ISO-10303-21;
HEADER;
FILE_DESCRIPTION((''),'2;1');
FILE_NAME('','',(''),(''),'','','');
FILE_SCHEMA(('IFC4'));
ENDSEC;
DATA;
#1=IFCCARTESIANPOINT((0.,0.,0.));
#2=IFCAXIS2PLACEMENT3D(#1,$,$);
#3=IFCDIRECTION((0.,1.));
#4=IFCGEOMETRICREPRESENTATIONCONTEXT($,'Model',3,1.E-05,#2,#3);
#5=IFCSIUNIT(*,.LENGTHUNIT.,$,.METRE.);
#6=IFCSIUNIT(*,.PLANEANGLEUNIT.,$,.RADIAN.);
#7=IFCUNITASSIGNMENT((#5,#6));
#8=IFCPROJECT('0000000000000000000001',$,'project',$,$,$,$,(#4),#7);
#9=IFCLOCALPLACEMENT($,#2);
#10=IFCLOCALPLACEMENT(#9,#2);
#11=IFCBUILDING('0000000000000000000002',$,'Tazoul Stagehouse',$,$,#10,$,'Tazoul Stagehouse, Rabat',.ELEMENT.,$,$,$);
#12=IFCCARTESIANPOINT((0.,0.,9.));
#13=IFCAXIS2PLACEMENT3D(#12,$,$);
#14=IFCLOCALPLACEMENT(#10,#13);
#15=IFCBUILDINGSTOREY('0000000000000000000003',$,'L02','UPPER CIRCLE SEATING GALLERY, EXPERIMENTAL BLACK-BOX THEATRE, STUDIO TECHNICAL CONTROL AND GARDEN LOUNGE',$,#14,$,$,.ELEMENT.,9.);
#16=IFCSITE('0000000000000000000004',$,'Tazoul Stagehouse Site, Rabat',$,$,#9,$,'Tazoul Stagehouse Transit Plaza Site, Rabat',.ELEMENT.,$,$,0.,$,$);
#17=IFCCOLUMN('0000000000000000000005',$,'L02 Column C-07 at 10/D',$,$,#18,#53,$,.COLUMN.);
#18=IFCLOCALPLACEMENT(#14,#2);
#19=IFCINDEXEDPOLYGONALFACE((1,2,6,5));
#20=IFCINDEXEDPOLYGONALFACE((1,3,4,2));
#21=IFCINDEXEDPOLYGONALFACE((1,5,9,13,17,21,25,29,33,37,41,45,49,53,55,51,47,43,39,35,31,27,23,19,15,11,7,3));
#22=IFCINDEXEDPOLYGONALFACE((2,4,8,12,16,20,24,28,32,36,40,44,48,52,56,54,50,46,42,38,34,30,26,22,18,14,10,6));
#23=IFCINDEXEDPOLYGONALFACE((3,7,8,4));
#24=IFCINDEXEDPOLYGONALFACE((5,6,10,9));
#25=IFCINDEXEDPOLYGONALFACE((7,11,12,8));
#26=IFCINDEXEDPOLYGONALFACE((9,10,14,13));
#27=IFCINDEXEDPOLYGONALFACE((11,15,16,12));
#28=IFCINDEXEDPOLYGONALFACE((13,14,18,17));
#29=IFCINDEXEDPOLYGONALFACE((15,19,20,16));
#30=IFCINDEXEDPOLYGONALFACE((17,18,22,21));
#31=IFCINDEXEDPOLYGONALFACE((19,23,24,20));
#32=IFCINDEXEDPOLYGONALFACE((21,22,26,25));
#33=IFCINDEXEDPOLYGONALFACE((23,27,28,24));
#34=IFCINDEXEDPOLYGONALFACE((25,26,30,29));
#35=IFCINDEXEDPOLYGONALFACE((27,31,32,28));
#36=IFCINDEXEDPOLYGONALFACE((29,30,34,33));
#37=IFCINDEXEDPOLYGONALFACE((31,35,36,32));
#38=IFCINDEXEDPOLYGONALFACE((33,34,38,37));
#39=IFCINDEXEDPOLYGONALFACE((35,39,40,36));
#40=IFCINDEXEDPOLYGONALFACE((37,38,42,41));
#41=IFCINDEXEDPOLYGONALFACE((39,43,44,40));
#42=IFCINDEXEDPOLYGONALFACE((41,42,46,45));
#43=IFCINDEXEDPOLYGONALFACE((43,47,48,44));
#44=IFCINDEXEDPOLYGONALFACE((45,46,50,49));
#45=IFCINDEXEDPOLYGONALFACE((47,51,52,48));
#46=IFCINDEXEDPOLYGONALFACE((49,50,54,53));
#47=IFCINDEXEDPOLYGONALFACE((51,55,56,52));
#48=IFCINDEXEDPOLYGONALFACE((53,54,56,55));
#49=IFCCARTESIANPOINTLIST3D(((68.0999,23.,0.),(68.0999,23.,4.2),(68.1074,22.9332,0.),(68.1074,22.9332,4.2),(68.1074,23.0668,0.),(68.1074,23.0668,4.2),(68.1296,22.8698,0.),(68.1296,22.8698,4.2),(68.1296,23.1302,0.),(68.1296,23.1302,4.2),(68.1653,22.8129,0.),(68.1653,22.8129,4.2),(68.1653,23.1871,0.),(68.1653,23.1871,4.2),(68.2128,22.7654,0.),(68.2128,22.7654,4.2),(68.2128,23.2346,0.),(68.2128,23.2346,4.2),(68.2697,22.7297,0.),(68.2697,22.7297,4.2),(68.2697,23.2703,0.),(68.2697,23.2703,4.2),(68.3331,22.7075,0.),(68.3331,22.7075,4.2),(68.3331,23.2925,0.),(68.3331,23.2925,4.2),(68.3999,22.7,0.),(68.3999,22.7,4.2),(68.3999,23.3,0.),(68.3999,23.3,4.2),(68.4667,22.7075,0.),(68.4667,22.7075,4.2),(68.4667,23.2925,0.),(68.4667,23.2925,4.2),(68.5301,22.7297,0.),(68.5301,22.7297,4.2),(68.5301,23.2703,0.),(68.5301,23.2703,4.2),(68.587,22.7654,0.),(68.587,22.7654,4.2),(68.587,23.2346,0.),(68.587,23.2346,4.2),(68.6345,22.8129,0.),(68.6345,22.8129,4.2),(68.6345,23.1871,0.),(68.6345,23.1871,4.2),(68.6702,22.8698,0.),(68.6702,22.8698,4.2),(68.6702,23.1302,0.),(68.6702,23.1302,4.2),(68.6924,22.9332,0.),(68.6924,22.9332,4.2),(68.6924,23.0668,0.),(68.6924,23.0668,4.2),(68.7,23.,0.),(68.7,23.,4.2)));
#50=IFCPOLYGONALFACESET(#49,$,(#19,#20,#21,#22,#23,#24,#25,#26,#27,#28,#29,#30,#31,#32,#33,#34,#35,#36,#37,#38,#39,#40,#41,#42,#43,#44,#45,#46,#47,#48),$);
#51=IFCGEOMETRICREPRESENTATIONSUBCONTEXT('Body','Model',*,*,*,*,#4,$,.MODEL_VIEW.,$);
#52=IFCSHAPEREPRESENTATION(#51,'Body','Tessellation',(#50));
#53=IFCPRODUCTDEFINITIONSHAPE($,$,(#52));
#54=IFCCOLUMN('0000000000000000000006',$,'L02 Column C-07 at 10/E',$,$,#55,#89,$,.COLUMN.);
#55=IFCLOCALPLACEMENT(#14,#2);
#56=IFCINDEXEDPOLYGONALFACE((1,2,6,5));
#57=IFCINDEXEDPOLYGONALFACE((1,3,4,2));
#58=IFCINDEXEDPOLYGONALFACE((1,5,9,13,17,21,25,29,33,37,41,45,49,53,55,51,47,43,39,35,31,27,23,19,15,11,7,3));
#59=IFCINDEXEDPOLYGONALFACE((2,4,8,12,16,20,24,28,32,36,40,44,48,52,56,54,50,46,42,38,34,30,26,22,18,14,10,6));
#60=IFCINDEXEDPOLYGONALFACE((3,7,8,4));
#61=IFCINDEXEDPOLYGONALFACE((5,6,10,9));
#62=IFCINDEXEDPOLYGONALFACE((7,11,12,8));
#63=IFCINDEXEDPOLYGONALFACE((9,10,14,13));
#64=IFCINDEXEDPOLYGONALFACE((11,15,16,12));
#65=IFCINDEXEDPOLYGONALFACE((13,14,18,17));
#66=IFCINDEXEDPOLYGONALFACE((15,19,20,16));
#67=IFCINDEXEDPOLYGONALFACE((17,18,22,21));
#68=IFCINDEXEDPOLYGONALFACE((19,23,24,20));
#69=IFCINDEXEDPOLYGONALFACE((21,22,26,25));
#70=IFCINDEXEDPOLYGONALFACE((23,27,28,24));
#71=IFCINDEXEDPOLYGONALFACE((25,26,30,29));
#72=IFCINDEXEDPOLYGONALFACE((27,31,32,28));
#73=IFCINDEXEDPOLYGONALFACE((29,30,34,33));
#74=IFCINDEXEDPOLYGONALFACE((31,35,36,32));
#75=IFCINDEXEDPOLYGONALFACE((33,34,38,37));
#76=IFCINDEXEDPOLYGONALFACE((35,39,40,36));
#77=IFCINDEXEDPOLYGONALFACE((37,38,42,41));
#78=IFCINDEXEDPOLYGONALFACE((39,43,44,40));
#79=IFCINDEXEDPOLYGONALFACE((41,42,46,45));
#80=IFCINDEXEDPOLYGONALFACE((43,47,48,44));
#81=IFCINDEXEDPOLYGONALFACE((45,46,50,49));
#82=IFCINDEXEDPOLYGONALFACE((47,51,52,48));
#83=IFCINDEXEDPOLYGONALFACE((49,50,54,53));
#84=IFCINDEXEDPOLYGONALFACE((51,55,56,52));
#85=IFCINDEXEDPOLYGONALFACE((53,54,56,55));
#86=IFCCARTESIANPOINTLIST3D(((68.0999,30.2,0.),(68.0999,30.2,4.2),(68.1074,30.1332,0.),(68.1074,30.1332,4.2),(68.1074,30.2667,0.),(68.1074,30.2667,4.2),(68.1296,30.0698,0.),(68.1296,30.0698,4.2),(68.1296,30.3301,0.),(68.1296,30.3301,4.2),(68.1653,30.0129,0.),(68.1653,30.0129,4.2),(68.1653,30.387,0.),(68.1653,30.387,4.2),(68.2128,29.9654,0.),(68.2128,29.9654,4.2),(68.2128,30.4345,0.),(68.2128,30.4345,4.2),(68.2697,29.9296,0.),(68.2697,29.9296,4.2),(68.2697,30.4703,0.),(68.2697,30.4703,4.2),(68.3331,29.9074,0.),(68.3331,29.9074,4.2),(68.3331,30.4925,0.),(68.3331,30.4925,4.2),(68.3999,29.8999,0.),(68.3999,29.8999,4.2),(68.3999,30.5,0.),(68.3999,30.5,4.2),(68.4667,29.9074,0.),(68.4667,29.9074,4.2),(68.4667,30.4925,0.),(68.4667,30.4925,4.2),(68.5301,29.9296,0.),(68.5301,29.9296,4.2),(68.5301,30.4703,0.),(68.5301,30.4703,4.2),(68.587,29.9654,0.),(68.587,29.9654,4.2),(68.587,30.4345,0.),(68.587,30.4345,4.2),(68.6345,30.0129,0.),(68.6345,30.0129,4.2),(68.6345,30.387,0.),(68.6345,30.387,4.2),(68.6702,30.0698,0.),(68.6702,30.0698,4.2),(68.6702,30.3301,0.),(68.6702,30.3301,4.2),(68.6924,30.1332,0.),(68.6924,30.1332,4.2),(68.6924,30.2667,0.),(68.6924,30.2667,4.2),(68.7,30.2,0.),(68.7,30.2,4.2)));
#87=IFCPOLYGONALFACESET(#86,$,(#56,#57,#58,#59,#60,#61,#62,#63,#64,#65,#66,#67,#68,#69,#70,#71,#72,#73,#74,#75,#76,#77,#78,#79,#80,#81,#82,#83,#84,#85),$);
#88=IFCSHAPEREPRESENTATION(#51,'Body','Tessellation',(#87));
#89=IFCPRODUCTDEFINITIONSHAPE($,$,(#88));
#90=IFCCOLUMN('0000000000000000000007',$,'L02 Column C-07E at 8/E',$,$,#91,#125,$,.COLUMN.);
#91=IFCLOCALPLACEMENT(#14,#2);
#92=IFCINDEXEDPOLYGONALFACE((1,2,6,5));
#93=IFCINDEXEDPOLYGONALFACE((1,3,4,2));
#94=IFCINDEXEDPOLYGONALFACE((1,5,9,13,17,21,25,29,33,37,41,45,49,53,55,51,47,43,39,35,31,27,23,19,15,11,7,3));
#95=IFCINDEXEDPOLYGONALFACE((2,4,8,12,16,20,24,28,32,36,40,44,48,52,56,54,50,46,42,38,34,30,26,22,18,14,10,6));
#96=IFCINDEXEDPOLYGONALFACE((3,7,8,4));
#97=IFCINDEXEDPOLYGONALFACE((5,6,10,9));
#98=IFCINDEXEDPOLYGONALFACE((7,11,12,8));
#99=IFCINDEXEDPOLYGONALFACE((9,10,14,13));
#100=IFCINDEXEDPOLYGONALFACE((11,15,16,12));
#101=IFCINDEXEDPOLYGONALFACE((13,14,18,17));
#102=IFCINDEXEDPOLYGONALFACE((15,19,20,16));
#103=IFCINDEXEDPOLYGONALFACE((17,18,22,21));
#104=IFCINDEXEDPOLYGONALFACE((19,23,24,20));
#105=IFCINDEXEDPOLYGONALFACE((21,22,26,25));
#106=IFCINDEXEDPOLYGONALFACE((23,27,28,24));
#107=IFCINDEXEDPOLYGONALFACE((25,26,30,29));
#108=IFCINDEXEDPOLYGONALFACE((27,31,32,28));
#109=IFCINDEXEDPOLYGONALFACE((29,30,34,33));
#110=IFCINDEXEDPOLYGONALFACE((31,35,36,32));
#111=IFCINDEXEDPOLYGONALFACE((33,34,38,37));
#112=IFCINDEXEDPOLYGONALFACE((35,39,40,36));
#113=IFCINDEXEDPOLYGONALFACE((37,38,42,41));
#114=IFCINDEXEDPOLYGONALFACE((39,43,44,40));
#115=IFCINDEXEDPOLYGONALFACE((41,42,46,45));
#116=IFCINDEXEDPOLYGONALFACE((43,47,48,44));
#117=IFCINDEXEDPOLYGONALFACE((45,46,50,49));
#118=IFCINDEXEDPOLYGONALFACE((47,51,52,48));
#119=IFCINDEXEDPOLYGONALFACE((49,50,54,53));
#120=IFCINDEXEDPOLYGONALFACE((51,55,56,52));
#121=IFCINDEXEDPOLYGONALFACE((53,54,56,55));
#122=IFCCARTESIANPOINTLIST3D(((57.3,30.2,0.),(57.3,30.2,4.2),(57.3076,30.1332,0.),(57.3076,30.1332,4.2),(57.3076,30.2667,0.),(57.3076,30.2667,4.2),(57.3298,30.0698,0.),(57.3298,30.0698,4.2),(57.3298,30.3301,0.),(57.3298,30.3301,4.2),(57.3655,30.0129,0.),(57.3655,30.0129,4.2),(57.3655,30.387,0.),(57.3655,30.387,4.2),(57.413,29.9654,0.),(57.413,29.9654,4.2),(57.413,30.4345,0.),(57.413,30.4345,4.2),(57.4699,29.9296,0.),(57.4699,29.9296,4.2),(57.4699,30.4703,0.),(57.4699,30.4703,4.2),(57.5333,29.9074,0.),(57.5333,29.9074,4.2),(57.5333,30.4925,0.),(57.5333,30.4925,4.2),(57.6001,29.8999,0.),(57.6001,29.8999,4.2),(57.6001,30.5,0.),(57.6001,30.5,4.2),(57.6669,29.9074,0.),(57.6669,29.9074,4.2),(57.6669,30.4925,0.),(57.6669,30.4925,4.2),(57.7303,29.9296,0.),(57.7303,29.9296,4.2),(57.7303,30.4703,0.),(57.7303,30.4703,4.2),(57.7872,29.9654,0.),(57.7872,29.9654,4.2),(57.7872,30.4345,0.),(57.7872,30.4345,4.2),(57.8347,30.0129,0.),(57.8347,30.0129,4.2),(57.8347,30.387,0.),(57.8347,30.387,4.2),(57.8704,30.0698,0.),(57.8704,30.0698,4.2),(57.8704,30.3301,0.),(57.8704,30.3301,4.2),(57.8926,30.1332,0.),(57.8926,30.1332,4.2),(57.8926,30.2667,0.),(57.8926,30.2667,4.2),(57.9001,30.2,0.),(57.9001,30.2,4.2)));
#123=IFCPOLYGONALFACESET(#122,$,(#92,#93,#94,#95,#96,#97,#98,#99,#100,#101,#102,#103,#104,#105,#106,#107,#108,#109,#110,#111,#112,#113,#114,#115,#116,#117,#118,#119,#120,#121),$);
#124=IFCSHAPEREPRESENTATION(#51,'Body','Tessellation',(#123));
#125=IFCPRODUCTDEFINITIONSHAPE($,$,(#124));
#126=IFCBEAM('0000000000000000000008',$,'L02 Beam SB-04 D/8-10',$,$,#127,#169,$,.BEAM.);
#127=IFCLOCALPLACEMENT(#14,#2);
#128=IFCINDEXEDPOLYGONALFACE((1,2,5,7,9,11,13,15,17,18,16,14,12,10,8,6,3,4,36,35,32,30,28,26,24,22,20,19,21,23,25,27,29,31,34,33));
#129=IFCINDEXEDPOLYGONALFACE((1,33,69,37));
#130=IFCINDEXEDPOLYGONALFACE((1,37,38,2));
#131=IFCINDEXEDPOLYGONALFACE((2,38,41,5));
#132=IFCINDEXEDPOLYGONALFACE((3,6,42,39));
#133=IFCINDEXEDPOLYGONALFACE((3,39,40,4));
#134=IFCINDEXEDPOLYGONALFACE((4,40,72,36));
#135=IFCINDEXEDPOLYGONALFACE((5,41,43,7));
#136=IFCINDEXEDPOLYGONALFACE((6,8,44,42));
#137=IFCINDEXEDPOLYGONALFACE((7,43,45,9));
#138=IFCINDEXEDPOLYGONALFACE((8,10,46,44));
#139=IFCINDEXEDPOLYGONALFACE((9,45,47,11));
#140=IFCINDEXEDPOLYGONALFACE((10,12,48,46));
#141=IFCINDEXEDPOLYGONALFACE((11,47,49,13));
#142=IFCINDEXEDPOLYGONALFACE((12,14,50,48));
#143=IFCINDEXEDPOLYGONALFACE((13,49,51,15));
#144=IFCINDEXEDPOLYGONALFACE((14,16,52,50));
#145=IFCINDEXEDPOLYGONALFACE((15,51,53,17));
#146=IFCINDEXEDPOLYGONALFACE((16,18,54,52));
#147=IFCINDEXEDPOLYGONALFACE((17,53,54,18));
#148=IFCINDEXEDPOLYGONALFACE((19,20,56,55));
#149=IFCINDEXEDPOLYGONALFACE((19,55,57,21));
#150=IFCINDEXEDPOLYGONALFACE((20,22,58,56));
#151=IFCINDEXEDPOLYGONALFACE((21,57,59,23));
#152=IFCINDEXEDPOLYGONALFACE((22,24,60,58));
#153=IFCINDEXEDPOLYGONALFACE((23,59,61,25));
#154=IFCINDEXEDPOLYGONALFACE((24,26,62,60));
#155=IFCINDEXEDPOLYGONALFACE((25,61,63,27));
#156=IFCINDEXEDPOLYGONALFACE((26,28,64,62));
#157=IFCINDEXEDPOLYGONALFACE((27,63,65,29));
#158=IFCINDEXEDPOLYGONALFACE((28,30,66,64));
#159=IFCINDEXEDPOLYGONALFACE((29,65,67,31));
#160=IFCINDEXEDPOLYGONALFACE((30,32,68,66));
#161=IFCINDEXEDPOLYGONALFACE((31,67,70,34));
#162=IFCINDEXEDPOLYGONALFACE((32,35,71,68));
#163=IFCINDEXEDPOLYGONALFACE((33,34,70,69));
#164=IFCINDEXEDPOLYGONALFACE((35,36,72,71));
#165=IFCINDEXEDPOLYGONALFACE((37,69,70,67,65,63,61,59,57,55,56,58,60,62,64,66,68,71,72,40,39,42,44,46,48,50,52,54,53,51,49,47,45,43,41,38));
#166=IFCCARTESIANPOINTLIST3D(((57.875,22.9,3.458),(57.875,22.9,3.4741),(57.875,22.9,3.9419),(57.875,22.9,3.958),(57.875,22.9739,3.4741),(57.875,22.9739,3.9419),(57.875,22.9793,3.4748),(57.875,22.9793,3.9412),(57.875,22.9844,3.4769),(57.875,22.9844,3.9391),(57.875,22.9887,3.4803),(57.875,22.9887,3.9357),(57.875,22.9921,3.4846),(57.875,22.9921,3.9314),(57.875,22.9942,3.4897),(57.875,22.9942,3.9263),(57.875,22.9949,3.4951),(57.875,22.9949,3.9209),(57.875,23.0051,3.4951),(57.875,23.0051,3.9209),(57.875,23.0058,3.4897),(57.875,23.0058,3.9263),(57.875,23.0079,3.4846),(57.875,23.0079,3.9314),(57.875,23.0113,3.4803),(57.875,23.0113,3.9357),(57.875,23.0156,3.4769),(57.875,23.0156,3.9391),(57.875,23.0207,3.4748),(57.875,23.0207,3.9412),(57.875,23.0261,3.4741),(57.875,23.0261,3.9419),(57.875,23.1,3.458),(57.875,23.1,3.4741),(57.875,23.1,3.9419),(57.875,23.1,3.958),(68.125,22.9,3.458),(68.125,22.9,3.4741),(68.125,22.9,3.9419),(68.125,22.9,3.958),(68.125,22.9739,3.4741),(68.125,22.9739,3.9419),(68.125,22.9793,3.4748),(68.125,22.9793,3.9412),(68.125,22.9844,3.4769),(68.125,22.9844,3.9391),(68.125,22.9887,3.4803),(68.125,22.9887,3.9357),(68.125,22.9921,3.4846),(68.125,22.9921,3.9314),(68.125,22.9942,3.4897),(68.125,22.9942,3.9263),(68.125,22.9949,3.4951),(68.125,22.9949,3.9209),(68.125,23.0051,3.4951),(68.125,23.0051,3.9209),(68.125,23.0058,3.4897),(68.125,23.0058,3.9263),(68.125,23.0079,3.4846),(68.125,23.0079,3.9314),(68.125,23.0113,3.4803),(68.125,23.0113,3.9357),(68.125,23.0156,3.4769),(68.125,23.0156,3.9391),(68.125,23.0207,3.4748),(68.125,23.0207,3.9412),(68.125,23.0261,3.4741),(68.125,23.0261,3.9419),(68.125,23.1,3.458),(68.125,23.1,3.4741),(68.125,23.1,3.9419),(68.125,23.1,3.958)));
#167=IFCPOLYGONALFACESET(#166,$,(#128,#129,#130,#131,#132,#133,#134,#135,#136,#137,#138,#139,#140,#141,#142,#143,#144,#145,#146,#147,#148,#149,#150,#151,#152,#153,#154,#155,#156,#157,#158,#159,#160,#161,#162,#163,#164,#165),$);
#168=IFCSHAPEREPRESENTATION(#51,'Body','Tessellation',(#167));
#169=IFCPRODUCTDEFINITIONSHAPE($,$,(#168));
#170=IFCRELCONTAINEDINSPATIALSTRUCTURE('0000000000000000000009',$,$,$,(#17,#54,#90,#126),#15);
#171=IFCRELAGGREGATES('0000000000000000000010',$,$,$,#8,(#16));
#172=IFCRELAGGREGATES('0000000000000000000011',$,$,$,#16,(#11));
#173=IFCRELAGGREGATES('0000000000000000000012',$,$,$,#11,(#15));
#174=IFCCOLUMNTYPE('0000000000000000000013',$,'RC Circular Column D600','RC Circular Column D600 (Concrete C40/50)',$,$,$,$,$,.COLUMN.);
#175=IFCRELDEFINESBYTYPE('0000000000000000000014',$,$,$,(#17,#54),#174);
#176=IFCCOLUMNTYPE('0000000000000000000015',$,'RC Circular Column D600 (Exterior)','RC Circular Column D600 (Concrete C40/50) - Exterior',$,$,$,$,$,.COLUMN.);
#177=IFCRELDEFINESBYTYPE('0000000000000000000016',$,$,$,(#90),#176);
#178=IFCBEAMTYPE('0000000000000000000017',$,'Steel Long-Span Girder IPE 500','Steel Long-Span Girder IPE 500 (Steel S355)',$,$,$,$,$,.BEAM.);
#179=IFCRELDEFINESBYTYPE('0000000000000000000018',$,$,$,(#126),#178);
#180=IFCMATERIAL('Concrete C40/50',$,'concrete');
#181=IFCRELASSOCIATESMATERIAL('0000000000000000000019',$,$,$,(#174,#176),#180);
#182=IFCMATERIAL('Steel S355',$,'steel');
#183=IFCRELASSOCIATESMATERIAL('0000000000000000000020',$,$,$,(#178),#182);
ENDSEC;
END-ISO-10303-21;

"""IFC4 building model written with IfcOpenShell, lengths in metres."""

from ifc_helpers import new_model, si_unit, direction, frame, origin, origin_2d, place, context, subcontext, project, spatial, circle, i_section, extrude, material, material_profile, profile_set, type_object, element, save


model = new_model("IFC4")

# Units and contexts
model_context = context("Model", 3, precision=1e-05, world=origin(), true_north=direction((0.0, 1.0)))
body_context = subcontext(model_context, "Body", "Model", "MODEL_VIEW")
ifc_project = project(units=[si_unit("LENGTHUNIT", "METRE"), si_unit("PLANEANGLEUNIT", "RADIAN")], contexts=[model_context])

# Site, building, storey
site_placement = place(None, origin())
site = spatial("IfcSite", under=ifc_project, at=site_placement, Name="Tazoul Stagehouse Site, Rabat", LongName="Tazoul Stagehouse Transit Plaza Site, Rabat", CompositionType="ELEMENT", RefElevation=0.0)
building_placement = place(site_placement, origin())
building = spatial("IfcBuilding", under=site, at=building_placement, Name="Tazoul Stagehouse", LongName="Tazoul Stagehouse, Rabat", CompositionType="ELEMENT")
storey_placement = place(building_placement, frame((0.0, 0.0, 9.0)))
storey = spatial("IfcBuildingStorey", under=building, at=storey_placement, Name="L02", Description="UPPER CIRCLE SEATING GALLERY, EXPERIMENTAL BLACK-BOX THEATRE, STUDIO TECHNICAL CONTROL AND GARDEN LOUNGE", CompositionType="ELEMENT", Elevation=9.0)

# Columns
ifc_material_1 = material(Name="Concrete C40/50", Category="concrete")
ifc_material_profile_1 = material_profile(ifc_material_1, circle(Radius=0.3, at=origin_2d()), Name="RC D600")
ifc_profile_set_1 = profile_set([ifc_material_profile_1], Name="Concrete C40/50")
column_type_1 = type_object("IfcColumnType", Name="RC Circular Column D600", Description="RC Circular Column D600 (Concrete C40/50)", PredefinedType="COLUMN", material=ifc_profile_set_1)
for number, where, z_axis, x_axis, name in (
    (1, (68.3999, 23.0, 0.0), (0.0, 0.0, 1.0), (1.0, 0.0, 0.0), "L02 Column C-07 at 10/D"),
    (2, (68.3999, 30.2, 0.0), (0.0, 0.0, 1.0), (1.0, 0.0, 0.0), "L02 Column C-07 at 10/E"),
):
    element("IfcColumn", number, at=place(storey_placement, frame(where, z_axis=z_axis, x_axis=x_axis)), inside=storey, type_object=column_type_1, Name=name, PredefinedType="COLUMN", context=body_context, shape_type="SweptSolid", body=[
        extrude(circle(Radius=0.3, at=origin_2d()), origin(), (0.0, 0.0, 1.0), 4.2),
    ])
ifc_material_profile_2 = material_profile(ifc_material_1, circle(Radius=0.3, at=origin_2d()), Name="RC D600")
ifc_profile_set_2 = profile_set([ifc_material_profile_2], Name="Concrete C40/50")
column_type_2 = type_object("IfcColumnType", Name="RC Circular Column D600 (Exterior)", Description="RC Circular Column D600 (Concrete C40/50) - Exterior", PredefinedType="COLUMN", material=ifc_profile_set_2)
column_placement = place(storey_placement, frame((57.6001, 30.2, 0.0), z_axis=(0.0, 0.0, 1.0), x_axis=(1.0, 0.0, 0.0)))
element("IfcColumn", 3, at=column_placement, inside=storey, type_object=column_type_2, Name="L02 Column C-07E at 8/E", PredefinedType="COLUMN", context=body_context, shape_type="SweptSolid", body=[
    extrude(circle(Radius=0.3, at=origin_2d()), origin(), (0.0, 0.0, 1.0), 4.2),
])

# Beam
ifc_material_2 = material(Name="Steel S355", Category="steel")
ifc_material_profile_3 = material_profile(ifc_material_2, i_section(OverallWidth=0.2, OverallDepth=0.5, WebThickness=0.0103, FlangeThickness=0.0161, FilletRadius=0.021, at=origin_2d()), Name="IPE 500")
ifc_profile_set_3 = profile_set([ifc_material_profile_3], Name="Steel S355")
beam_type_1 = type_object("IfcBeamType", Name="Steel Long-Span Girder IPE 500", Description="Steel Long-Span Girder IPE 500 (Steel S355)", PredefinedType="BEAM", material=ifc_profile_set_3)
for number, where, z_axis, x_axis, name in (
    (4, (57.875, 23.0, 3.708), (1.0, 0.0, 0.0), (0.0, 1.0, 0.0), "L02 Beam SB-04 D/8-10"),
):
    element("IfcBeam", number, at=place(storey_placement, frame(where, z_axis=z_axis, x_axis=x_axis)), inside=storey, type_object=beam_type_1, Name=name, PredefinedType="BEAM", context=body_context, shape_type="SweptSolid", body=[
        extrude(i_section(OverallWidth=0.2, OverallDepth=0.5, WebThickness=0.0103, FlangeThickness=0.0161, FilletRadius=0.021, at=origin_2d()), origin(), (0.0, 0.0, 1.0), 10.25),
    ])

save(model, "model.ifc")
